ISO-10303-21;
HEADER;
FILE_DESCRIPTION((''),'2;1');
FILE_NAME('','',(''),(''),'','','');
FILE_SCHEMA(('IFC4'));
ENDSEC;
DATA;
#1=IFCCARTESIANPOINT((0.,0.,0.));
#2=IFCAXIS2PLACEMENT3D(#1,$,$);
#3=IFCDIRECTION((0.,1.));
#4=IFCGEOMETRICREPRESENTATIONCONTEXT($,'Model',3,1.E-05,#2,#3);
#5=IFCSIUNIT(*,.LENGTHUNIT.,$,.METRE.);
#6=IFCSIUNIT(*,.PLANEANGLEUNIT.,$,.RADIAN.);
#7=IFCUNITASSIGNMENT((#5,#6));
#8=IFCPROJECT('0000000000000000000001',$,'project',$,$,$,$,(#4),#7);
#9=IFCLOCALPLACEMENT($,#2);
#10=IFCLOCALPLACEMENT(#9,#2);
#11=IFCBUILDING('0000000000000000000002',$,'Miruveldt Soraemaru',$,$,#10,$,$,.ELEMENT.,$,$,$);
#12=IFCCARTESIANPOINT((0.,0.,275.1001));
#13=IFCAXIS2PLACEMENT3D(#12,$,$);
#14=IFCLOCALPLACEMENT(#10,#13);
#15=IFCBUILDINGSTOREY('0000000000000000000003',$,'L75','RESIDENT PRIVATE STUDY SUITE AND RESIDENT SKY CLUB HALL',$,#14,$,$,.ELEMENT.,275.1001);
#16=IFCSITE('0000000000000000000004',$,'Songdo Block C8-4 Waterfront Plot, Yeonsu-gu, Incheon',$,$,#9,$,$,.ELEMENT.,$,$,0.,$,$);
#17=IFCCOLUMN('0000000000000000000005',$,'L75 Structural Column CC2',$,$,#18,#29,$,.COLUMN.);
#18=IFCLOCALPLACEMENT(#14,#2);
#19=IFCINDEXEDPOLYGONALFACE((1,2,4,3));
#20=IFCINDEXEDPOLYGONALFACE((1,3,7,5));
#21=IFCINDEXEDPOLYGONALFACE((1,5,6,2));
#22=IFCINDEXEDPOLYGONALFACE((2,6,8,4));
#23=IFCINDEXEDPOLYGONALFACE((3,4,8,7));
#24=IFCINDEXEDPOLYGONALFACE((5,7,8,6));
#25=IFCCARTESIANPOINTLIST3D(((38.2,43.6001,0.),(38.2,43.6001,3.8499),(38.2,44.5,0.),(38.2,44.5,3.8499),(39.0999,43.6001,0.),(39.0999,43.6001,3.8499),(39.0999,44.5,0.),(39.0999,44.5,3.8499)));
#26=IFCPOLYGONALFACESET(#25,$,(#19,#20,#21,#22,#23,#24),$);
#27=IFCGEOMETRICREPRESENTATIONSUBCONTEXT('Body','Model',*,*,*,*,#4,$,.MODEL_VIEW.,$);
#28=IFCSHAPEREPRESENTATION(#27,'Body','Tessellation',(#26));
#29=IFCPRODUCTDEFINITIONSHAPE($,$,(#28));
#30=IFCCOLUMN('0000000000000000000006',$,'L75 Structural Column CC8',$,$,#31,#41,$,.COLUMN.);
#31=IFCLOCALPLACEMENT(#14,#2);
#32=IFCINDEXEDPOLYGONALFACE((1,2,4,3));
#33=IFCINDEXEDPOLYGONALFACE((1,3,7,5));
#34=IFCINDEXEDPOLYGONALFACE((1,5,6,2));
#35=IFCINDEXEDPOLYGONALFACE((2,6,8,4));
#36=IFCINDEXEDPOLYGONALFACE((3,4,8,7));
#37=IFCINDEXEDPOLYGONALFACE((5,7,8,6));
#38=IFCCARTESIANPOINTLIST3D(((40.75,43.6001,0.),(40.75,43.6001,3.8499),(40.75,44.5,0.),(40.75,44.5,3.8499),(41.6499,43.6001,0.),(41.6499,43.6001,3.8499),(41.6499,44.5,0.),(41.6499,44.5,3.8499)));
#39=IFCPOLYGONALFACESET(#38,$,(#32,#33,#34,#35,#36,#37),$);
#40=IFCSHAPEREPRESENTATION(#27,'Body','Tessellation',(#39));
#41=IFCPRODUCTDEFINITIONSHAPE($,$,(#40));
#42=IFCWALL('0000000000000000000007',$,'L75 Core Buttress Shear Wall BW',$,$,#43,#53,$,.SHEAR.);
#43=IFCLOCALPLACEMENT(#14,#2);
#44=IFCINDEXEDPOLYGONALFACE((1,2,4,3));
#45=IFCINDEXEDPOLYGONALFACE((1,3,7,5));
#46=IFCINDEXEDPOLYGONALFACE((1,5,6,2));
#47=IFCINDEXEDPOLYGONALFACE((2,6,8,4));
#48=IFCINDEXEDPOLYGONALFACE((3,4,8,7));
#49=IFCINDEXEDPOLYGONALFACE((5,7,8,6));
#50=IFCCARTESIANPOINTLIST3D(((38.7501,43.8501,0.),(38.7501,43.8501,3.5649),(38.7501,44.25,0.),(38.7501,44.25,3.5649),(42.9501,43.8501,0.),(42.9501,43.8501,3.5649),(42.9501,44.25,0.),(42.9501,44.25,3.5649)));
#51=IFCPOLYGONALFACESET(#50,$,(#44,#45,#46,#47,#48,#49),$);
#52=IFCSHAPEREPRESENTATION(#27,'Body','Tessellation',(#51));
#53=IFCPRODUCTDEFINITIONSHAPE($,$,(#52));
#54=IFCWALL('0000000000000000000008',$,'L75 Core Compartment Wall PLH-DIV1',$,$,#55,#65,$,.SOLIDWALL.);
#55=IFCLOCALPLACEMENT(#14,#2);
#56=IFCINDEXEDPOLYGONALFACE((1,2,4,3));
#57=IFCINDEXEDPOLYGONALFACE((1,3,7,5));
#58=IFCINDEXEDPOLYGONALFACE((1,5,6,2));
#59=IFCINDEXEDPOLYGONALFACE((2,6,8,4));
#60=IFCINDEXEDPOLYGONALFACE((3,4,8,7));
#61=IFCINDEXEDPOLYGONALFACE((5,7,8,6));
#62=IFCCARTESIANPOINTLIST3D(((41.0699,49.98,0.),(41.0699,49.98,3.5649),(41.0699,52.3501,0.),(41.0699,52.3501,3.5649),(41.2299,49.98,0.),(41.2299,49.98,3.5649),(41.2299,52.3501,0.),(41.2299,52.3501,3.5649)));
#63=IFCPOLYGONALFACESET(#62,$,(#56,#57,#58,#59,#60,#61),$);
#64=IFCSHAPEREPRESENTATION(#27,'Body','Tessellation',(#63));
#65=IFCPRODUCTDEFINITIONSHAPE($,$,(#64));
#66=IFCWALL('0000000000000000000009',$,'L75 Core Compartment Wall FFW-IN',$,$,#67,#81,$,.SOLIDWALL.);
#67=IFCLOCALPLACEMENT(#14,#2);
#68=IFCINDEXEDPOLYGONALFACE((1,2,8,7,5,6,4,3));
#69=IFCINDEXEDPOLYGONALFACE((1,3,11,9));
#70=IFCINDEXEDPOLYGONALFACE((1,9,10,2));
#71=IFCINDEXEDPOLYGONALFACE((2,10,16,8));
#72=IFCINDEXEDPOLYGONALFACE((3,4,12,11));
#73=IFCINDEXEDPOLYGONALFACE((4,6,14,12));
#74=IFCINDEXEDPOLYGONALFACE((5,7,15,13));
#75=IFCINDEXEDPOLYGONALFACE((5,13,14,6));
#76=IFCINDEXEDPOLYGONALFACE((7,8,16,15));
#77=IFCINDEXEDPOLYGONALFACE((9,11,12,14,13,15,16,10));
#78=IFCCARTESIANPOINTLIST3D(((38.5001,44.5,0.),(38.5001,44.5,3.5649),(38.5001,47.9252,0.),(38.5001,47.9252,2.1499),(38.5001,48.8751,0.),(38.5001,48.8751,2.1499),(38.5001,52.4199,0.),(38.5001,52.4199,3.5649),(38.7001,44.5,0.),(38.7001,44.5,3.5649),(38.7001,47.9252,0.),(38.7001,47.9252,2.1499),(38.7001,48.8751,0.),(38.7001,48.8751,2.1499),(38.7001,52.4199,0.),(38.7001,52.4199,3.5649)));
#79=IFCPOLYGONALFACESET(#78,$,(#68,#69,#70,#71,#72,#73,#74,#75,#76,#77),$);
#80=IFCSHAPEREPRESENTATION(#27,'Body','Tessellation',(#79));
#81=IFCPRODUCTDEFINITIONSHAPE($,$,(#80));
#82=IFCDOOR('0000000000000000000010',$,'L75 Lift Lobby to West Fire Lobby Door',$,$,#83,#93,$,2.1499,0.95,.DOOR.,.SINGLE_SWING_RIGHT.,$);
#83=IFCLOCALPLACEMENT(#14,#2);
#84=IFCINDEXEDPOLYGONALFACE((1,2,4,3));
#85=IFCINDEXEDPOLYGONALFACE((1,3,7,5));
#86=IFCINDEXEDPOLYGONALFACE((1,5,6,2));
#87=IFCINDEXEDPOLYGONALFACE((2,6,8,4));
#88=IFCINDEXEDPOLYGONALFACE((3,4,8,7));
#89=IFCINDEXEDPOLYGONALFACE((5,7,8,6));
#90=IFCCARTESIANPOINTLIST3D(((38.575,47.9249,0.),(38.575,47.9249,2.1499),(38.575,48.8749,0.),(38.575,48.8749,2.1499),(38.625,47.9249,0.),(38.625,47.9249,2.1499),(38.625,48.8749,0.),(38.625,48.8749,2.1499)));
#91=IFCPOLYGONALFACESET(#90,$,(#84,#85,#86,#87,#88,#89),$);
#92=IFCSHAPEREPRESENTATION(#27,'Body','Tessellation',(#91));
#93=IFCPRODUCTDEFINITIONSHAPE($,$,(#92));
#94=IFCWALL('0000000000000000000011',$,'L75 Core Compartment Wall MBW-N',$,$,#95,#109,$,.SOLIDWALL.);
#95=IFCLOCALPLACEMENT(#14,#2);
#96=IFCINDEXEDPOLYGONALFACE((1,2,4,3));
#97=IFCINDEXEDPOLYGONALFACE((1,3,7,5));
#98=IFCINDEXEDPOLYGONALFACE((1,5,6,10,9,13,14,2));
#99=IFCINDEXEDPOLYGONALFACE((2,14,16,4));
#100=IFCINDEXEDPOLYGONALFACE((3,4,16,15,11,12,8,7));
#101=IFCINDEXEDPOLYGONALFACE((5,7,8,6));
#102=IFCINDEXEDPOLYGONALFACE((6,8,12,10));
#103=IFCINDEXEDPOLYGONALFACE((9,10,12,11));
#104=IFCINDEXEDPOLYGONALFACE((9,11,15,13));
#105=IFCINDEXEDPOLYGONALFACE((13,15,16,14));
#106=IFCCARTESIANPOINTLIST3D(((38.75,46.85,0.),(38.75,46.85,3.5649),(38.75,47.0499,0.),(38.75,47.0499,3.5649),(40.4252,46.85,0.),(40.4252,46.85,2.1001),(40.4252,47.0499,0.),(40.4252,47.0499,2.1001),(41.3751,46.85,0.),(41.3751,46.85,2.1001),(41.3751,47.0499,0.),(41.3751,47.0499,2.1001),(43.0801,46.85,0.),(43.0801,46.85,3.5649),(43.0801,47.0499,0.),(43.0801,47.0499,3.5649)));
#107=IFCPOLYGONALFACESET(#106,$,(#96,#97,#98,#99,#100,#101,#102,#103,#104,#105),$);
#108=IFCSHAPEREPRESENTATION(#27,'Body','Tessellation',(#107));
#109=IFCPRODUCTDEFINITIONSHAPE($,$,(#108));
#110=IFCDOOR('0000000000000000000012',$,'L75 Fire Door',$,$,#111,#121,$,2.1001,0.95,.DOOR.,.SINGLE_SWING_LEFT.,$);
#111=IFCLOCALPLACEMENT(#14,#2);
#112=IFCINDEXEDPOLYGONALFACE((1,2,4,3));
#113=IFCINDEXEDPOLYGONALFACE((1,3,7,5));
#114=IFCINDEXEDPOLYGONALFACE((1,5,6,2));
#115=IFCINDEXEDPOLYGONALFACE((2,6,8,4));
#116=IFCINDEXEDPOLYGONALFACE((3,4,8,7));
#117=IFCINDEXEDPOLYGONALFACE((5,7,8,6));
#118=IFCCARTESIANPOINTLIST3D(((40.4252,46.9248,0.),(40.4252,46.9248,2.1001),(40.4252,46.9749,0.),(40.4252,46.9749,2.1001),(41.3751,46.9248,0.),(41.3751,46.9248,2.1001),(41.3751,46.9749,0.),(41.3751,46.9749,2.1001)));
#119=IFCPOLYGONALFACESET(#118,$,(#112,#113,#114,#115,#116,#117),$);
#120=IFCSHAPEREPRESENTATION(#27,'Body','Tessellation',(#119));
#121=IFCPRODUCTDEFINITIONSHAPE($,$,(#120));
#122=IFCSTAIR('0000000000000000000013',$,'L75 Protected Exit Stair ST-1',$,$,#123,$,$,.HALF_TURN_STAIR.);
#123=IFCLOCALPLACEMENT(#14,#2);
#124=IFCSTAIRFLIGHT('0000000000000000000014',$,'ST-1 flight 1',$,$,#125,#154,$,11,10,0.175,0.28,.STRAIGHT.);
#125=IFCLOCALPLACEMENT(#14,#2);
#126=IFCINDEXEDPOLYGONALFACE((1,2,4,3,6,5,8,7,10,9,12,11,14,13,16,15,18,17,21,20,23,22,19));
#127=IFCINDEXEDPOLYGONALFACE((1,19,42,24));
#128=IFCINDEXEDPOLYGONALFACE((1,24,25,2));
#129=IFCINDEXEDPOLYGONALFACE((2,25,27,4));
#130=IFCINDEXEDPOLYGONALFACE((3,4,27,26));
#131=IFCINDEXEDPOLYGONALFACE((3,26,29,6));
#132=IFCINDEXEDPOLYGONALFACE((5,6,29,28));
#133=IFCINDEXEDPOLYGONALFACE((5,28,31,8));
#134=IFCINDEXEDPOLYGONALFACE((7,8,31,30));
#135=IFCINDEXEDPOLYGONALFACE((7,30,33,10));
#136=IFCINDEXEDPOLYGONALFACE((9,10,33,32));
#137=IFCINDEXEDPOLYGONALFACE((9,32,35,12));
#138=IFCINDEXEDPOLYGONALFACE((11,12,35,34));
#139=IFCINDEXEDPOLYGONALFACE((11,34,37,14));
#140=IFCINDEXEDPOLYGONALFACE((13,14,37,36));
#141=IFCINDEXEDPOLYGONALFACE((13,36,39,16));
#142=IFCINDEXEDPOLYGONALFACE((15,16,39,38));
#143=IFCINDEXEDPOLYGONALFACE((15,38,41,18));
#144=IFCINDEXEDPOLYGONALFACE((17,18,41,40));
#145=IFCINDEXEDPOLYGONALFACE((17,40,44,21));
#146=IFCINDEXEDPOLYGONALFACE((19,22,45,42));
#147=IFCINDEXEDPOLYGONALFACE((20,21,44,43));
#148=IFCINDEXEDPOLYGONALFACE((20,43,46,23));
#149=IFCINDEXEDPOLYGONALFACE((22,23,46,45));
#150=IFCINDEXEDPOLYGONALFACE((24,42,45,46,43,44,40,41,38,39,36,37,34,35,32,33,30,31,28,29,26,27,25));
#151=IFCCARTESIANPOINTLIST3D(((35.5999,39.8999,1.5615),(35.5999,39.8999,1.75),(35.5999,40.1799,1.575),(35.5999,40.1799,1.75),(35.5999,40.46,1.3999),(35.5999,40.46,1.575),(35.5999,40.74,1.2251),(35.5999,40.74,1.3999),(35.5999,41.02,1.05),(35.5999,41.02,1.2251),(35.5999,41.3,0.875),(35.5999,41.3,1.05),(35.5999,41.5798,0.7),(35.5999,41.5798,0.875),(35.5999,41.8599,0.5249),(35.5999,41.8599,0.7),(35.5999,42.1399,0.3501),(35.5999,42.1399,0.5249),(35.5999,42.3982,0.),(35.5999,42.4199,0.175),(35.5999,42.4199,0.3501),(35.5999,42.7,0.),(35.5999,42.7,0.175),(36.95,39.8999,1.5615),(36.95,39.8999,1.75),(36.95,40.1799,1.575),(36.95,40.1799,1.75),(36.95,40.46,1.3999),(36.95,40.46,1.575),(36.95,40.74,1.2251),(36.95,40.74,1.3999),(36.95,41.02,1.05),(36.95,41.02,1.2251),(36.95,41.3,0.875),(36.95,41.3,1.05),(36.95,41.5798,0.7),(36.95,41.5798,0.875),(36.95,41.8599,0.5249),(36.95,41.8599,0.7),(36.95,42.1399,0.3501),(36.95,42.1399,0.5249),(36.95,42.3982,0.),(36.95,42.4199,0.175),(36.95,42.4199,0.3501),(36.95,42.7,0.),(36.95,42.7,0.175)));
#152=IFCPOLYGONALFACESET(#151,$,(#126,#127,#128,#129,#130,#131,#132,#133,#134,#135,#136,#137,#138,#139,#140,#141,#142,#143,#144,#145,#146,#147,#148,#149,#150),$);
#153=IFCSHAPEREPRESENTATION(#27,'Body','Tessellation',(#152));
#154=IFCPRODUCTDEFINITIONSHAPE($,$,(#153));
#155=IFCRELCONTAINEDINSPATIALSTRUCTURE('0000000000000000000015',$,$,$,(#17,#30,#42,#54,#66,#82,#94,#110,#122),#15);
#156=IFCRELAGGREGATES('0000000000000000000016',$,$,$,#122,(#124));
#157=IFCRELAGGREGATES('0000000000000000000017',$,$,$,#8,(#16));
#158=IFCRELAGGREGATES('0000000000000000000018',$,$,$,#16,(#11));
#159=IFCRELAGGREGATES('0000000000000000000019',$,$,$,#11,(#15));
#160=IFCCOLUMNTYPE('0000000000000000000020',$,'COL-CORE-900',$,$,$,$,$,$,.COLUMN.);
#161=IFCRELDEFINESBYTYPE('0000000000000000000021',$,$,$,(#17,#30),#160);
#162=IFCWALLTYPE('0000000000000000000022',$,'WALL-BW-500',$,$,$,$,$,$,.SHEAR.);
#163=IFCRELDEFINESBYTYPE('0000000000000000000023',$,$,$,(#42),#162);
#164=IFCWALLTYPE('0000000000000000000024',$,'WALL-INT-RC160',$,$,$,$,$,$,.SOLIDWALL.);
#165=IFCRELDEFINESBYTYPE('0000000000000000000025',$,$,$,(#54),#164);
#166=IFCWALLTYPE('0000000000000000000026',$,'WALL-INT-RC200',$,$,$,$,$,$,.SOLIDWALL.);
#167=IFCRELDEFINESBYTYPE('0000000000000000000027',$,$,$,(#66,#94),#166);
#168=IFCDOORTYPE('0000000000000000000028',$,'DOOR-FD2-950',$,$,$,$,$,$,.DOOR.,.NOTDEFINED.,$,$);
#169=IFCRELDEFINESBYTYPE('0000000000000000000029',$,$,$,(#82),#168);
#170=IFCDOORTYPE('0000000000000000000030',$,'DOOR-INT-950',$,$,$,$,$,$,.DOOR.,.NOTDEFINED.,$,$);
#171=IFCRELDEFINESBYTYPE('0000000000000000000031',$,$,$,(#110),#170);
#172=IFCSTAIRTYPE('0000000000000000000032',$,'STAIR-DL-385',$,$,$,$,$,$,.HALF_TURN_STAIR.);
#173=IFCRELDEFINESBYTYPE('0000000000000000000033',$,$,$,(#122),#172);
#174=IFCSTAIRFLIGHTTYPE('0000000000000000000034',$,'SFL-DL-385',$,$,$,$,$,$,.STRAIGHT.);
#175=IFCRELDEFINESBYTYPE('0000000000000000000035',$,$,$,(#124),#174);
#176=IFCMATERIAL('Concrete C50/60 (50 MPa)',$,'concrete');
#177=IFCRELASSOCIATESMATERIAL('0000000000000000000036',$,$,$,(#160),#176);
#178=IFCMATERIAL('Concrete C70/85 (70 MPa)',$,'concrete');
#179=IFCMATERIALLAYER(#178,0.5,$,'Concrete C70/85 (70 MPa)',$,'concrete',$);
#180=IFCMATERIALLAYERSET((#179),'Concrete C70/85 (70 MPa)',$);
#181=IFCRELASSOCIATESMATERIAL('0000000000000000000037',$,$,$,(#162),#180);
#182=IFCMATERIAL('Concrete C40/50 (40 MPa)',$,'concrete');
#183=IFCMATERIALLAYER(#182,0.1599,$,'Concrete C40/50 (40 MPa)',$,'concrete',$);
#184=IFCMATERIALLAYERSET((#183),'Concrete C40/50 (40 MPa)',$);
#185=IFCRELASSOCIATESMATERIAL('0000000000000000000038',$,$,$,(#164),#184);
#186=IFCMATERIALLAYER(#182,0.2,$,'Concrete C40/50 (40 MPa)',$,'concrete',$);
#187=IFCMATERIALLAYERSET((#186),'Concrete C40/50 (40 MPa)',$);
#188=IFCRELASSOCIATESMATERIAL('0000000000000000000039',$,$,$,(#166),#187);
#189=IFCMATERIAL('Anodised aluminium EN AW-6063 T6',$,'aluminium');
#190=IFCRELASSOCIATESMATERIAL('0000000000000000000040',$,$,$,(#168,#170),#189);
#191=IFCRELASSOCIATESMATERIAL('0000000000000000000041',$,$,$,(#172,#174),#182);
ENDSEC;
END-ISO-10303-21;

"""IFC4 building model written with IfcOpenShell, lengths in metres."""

from ifc_helpers import new_model, si_unit, direction, frame, frame_2d, origin, origin_2d, place, context, subcontext, project, spatial, polyline, rectangle, outline, extrude, material, layer, layer_set, material_profile, profile_set, type_object, element, fill, aggregate, save


model = new_model("IFC4")

# Units and contexts
model_context = context("Model", 3, precision=1e-05, world=origin(), true_north=direction((0.0, 1.0)))
body_context = subcontext(model_context, "Body", "Model", "MODEL_VIEW")
ifc_project = project(units=[si_unit("LENGTHUNIT", "METRE"), si_unit("PLANEANGLEUNIT", "RADIAN")], contexts=[model_context])

# Site, building, storey
site_placement = place(None, origin())
site = spatial("IfcSite", under=ifc_project, at=site_placement, Name="Songdo Block C8-4 Waterfront Plot, Yeonsu-gu, Incheon", CompositionType="ELEMENT", RefElevation=0.0)
building_placement = place(site_placement, origin())
building = spatial("IfcBuilding", under=site, at=building_placement, Name="Miruveldt Soraemaru", CompositionType="ELEMENT")
storey_placement = place(building_placement, frame((0.0, 0.0, 275.1001)))
storey = spatial("IfcBuildingStorey", under=building, at=storey_placement, Name="L75", Description="RESIDENT PRIVATE STUDY SUITE AND RESIDENT SKY CLUB HALL", CompositionType="ELEMENT", Elevation=275.1001)

# Columns
ifc_material_1 = material(Name="Concrete C50/60 (50 MPa)", Category="concrete")
ifc_material_profile = material_profile(ifc_material_1, rectangle(XDim=0.8999, YDim=0.8999, at=origin_2d()), Name="Concrete C50/60 (50 MPa)", Category="concrete")
ifc_profile_set = profile_set([ifc_material_profile], Name="Concrete C50/60 (50 MPa)")
column_type = type_object("IfcColumnType", Name="COL-CORE-900", PredefinedType="COLUMN", material=ifc_profile_set)
for number, where, z_axis, x_axis, name in (
    (1, (38.6499, 44.05, 0.0), (0.0, 0.0, 1.0), (1.0, 0.0, 0.0), "L75 Structural Column CC2"),
    (2, (41.2, 44.05, 0.0), (0.0, 0.0, 1.0), (1.0, 0.0, 0.0), "L75 Structural Column CC8"),
):
    element("IfcColumn", number, at=place(storey_placement, frame(where, z_axis=z_axis, x_axis=x_axis)), inside=storey, type_object=column_type, Name=name, PredefinedType="COLUMN", context=body_context, shape_type="SweptSolid", body=[
        extrude(rectangle(XDim=0.8999, YDim=0.8999, at=origin_2d()), origin(), (0.0, 0.0, 1.0), 3.8499),
    ])

# Walls
ifc_material_2 = material(Name="Concrete C70/85 (70 MPa)", Category="concrete")
ifc_layer_1 = layer(ifc_material_2, 0.5, Name="Concrete C70/85 (70 MPa)", Category="concrete")
ifc_layer_set_1 = layer_set([ifc_layer_1], Name="Concrete C70/85 (70 MPa)")
wall_type_1 = type_object("IfcWallType", Name="WALL-BW-500", PredefinedType="SHEAR", material=ifc_layer_set_1)
wall_1_placement = place(storey_placement, frame((38.75, 44.05, 0.0), z_axis=(0.0, 0.0, 1.0), x_axis=(1.0, 0.0, 0.0)))
element("IfcWall", 3, at=wall_1_placement, inside=storey, type_object=wall_type_1, Name="L75 Core Buttress Shear Wall BW", PredefinedType="SHEAR", context=body_context, shape_type="SweptSolid", body=[
    extrude(rectangle(XDim=4.2, YDim=0.3999, at=frame_2d((2.1001, 0.0))), origin(), (0.0, 0.0, 1.0), 3.5649),
])
ifc_material_3 = material(Name="Concrete C40/50 (40 MPa)", Category="concrete")
ifc_layer_2 = layer(ifc_material_3, 0.1599, Name="Concrete C40/50 (40 MPa)", Category="concrete")
ifc_layer_set_2 = layer_set([ifc_layer_2], Name="Concrete C40/50 (40 MPa)")
wall_type_2 = type_object("IfcWallType", Name="WALL-INT-RC160", PredefinedType="SOLIDWALL", material=ifc_layer_set_2)
wall_2_placement = place(storey_placement, frame((41.1499, 49.98, 0.0), z_axis=(0.0, 0.0, 1.0), x_axis=(0.0, 1.0, 0.0)))
element("IfcWall", 4, at=wall_2_placement, inside=storey, type_object=wall_type_2, Name="L75 Core Compartment Wall PLH-DIV1", PredefinedType="SOLIDWALL", context=body_context, shape_type="SweptSolid", body=[
    extrude(rectangle(XDim=2.3701, YDim=0.1599, at=frame_2d((1.1851, 0.0))), origin(), (0.0, 0.0, 1.0), 3.5649),
])

# Wall, opening, door
ifc_layer_3 = layer(ifc_material_3, 0.2, Name="Concrete C40/50 (40 MPa)", Category="concrete")
ifc_layer_set_3 = layer_set([ifc_layer_3], Name="Concrete C40/50 (40 MPa)")
wall_type_3 = type_object("IfcWallType", Name="WALL-INT-RC200", PredefinedType="SOLIDWALL", material=ifc_layer_set_3)
wall_3_placement = place(storey_placement, frame((38.6001, 44.5, 0.0), z_axis=(0.0, 0.0, 1.0), x_axis=(0.0, 1.0, 0.0)))
wall_3 = element("IfcWall", 5, at=wall_3_placement, inside=storey, type_object=wall_type_3, Name="L75 Core Compartment Wall FFW-IN", PredefinedType="SOLIDWALL", context=body_context, shape_type="SweptSolid", body=[
    extrude(rectangle(XDim=7.9199, YDim=0.2, at=frame_2d((3.96, 0.0))), origin(), (0.0, 0.0, 1.0), 3.5649),
])
opening_1_placement = place(wall_3_placement, frame((3.425, 0.0, 0.0)))
opening_1 = element("IfcOpeningElement", 6, at=opening_1_placement, cuts=wall_3, PredefinedType="OPENING", context=body_context, shape_type="SweptSolid", body=[
    extrude(rectangle(XDim=0.95, YDim=2.1499, at=frame_2d((0.4751, 1.075))), frame((0.0, 0.1099, 0.0), z_axis=(0.0, -1.0, 0.0), x_axis=(1.0, 0.0, 0.0)), (0.0, 0.0, 1.0), 0.22),
])
ifc_material_4 = material(Name="Anodised aluminium EN AW-6063 T6", Category="aluminium")
door_type_1 = type_object("IfcDoorType", Name="DOOR-FD2-950", OperationType="NOTDEFINED", PredefinedType="DOOR", material=ifc_material_4)
door_1_placement = place(opening_1_placement, frame((0.95, 0.0, 0.0), z_axis=(0.0, 0.0, 1.0), x_axis=(-1.0, 0.0, 0.0)))
door_1 = element("IfcDoor", 7, at=door_1_placement, inside=storey, type_object=door_type_1, Name="L75 Lift Lobby to West Fire Lobby Door", OperationType="SINGLE_SWING_RIGHT", OverallHeight=2.1499, OverallWidth=0.95, PredefinedType="DOOR", context=body_context, shape_type="SweptSolid", body=[
    extrude(rectangle(XDim=0.95, YDim=2.1499, at=frame_2d((0.4751, 1.075))), frame((0.0, 0.0249, 0.0), z_axis=(0.0, -1.0, 0.0), x_axis=(1.0, 0.0, 0.0)), (0.0, 0.0, 1.0), 0.05),
])
fill(opening_1, door_1)

# Wall, opening, door
wall_4_placement = place(storey_placement, frame((38.75, 46.95, 0.0), z_axis=(0.0, 0.0, 1.0), x_axis=(1.0, 0.0, 0.0)))
wall_4 = element("IfcWall", 8, at=wall_4_placement, inside=storey, type_object=wall_type_3, Name="L75 Core Compartment Wall MBW-N", PredefinedType="SOLIDWALL", context=body_context, shape_type="SweptSolid", body=[
    extrude(rectangle(XDim=4.3301, YDim=0.2, at=frame_2d((2.165, 0.0))), origin(), (0.0, 0.0, 1.0), 3.5649),
])
opening_2_placement = place(wall_4_placement, frame((1.675, 0.0, 0.0)))
opening_2 = element("IfcOpeningElement", 9, at=opening_2_placement, cuts=wall_4, PredefinedType="OPENING", context=body_context, shape_type="SweptSolid", body=[
    extrude(rectangle(XDim=0.95, YDim=2.1001, at=frame_2d((0.4751, 1.05))), frame((0.0, 0.1099, 0.0), z_axis=(0.0, -1.0, 0.0), x_axis=(1.0, 0.0, 0.0)), (0.0, 0.0, 1.0), 0.22),
])
door_type_2 = type_object("IfcDoorType", Name="DOOR-INT-950", OperationType="NOTDEFINED", PredefinedType="DOOR", material=ifc_material_4)
door_2_placement = place(opening_2_placement, origin())
door_2 = element("IfcDoor", 10, at=door_2_placement, inside=storey, type_object=door_type_2, Name="L75 Fire Door", OperationType="SINGLE_SWING_LEFT", OverallHeight=2.1001, OverallWidth=0.95, PredefinedType="DOOR", context=body_context, shape_type="SweptSolid", body=[
    extrude(rectangle(XDim=0.95, YDim=2.1001, at=frame_2d((0.4751, 1.05))), frame((0.0, 0.0249, 0.0), z_axis=(0.0, -1.0, 0.0), x_axis=(1.0, 0.0, 0.0)), (0.0, 0.0, 1.0), 0.05),
])
fill(opening_2, door_2)

# Stair, stair flight
stair_type = type_object("IfcStairType", Name="STAIR-DL-385", PredefinedType="HALF_TURN_STAIR", material=ifc_material_3)
stair_placement = place(storey_placement, origin())
stair = element("IfcStair", 11, at=stair_placement, inside=storey, type_object=stair_type, Name="L75 Protected Exit Stair ST-1", PredefinedType="HALF_TURN_STAIR")
stair_flight_type = type_object("IfcStairFlightType", Name="SFL-DL-385", PredefinedType="STRAIGHT", material=ifc_material_3)
stair_flight_placement = place(storey_placement, frame((36.2749, 42.7, 0.0), z_axis=(0.0, 0.0, 1.0), x_axis=(0.0, -1.0, 0.0)))
stair_flight = element("IfcStairFlight", 12, at=stair_flight_placement, type_object=stair_flight_type, Name="ST-1 flight 1", NumberOfRisers=11, NumberOfTreads=10, PredefinedType="STRAIGHT", RiserHeight=0.175, TreadLength=0.28, context=body_context, shape_type="SweptSolid", body=[
    extrude(outline(polyline([(0.0, 0.0), (0.0, 0.175), (0.28, 0.175), (0.28, 0.3501), (0.5601, 0.3501), (0.5601, 0.5249), (0.8401, 0.5249), (0.8401, 0.7), (1.1201, 0.7), (1.1201, 0.875), (1.3999, 0.875), (1.3999, 1.05), (1.6799, 1.05), (1.6799, 1.2251), (1.96, 1.2251), (1.96, 1.3999), (2.24, 1.3999), (2.24, 1.575), (2.52, 1.575), (2.52, 1.75), (2.8, 1.75), (2.8, 1.925), (2.8, 1.5615), (0.3018, 0.0), (0.0, 0.0)])), frame((0.0, 0.675, 0.0), z_axis=(0.0, -1.0, 0.0), x_axis=(1.0, 0.0, 0.0)), (0.0, 0.0, 1.0), 1.3501),
])
aggregate(stair, [stair_flight])

save(model, "model.ifc")
